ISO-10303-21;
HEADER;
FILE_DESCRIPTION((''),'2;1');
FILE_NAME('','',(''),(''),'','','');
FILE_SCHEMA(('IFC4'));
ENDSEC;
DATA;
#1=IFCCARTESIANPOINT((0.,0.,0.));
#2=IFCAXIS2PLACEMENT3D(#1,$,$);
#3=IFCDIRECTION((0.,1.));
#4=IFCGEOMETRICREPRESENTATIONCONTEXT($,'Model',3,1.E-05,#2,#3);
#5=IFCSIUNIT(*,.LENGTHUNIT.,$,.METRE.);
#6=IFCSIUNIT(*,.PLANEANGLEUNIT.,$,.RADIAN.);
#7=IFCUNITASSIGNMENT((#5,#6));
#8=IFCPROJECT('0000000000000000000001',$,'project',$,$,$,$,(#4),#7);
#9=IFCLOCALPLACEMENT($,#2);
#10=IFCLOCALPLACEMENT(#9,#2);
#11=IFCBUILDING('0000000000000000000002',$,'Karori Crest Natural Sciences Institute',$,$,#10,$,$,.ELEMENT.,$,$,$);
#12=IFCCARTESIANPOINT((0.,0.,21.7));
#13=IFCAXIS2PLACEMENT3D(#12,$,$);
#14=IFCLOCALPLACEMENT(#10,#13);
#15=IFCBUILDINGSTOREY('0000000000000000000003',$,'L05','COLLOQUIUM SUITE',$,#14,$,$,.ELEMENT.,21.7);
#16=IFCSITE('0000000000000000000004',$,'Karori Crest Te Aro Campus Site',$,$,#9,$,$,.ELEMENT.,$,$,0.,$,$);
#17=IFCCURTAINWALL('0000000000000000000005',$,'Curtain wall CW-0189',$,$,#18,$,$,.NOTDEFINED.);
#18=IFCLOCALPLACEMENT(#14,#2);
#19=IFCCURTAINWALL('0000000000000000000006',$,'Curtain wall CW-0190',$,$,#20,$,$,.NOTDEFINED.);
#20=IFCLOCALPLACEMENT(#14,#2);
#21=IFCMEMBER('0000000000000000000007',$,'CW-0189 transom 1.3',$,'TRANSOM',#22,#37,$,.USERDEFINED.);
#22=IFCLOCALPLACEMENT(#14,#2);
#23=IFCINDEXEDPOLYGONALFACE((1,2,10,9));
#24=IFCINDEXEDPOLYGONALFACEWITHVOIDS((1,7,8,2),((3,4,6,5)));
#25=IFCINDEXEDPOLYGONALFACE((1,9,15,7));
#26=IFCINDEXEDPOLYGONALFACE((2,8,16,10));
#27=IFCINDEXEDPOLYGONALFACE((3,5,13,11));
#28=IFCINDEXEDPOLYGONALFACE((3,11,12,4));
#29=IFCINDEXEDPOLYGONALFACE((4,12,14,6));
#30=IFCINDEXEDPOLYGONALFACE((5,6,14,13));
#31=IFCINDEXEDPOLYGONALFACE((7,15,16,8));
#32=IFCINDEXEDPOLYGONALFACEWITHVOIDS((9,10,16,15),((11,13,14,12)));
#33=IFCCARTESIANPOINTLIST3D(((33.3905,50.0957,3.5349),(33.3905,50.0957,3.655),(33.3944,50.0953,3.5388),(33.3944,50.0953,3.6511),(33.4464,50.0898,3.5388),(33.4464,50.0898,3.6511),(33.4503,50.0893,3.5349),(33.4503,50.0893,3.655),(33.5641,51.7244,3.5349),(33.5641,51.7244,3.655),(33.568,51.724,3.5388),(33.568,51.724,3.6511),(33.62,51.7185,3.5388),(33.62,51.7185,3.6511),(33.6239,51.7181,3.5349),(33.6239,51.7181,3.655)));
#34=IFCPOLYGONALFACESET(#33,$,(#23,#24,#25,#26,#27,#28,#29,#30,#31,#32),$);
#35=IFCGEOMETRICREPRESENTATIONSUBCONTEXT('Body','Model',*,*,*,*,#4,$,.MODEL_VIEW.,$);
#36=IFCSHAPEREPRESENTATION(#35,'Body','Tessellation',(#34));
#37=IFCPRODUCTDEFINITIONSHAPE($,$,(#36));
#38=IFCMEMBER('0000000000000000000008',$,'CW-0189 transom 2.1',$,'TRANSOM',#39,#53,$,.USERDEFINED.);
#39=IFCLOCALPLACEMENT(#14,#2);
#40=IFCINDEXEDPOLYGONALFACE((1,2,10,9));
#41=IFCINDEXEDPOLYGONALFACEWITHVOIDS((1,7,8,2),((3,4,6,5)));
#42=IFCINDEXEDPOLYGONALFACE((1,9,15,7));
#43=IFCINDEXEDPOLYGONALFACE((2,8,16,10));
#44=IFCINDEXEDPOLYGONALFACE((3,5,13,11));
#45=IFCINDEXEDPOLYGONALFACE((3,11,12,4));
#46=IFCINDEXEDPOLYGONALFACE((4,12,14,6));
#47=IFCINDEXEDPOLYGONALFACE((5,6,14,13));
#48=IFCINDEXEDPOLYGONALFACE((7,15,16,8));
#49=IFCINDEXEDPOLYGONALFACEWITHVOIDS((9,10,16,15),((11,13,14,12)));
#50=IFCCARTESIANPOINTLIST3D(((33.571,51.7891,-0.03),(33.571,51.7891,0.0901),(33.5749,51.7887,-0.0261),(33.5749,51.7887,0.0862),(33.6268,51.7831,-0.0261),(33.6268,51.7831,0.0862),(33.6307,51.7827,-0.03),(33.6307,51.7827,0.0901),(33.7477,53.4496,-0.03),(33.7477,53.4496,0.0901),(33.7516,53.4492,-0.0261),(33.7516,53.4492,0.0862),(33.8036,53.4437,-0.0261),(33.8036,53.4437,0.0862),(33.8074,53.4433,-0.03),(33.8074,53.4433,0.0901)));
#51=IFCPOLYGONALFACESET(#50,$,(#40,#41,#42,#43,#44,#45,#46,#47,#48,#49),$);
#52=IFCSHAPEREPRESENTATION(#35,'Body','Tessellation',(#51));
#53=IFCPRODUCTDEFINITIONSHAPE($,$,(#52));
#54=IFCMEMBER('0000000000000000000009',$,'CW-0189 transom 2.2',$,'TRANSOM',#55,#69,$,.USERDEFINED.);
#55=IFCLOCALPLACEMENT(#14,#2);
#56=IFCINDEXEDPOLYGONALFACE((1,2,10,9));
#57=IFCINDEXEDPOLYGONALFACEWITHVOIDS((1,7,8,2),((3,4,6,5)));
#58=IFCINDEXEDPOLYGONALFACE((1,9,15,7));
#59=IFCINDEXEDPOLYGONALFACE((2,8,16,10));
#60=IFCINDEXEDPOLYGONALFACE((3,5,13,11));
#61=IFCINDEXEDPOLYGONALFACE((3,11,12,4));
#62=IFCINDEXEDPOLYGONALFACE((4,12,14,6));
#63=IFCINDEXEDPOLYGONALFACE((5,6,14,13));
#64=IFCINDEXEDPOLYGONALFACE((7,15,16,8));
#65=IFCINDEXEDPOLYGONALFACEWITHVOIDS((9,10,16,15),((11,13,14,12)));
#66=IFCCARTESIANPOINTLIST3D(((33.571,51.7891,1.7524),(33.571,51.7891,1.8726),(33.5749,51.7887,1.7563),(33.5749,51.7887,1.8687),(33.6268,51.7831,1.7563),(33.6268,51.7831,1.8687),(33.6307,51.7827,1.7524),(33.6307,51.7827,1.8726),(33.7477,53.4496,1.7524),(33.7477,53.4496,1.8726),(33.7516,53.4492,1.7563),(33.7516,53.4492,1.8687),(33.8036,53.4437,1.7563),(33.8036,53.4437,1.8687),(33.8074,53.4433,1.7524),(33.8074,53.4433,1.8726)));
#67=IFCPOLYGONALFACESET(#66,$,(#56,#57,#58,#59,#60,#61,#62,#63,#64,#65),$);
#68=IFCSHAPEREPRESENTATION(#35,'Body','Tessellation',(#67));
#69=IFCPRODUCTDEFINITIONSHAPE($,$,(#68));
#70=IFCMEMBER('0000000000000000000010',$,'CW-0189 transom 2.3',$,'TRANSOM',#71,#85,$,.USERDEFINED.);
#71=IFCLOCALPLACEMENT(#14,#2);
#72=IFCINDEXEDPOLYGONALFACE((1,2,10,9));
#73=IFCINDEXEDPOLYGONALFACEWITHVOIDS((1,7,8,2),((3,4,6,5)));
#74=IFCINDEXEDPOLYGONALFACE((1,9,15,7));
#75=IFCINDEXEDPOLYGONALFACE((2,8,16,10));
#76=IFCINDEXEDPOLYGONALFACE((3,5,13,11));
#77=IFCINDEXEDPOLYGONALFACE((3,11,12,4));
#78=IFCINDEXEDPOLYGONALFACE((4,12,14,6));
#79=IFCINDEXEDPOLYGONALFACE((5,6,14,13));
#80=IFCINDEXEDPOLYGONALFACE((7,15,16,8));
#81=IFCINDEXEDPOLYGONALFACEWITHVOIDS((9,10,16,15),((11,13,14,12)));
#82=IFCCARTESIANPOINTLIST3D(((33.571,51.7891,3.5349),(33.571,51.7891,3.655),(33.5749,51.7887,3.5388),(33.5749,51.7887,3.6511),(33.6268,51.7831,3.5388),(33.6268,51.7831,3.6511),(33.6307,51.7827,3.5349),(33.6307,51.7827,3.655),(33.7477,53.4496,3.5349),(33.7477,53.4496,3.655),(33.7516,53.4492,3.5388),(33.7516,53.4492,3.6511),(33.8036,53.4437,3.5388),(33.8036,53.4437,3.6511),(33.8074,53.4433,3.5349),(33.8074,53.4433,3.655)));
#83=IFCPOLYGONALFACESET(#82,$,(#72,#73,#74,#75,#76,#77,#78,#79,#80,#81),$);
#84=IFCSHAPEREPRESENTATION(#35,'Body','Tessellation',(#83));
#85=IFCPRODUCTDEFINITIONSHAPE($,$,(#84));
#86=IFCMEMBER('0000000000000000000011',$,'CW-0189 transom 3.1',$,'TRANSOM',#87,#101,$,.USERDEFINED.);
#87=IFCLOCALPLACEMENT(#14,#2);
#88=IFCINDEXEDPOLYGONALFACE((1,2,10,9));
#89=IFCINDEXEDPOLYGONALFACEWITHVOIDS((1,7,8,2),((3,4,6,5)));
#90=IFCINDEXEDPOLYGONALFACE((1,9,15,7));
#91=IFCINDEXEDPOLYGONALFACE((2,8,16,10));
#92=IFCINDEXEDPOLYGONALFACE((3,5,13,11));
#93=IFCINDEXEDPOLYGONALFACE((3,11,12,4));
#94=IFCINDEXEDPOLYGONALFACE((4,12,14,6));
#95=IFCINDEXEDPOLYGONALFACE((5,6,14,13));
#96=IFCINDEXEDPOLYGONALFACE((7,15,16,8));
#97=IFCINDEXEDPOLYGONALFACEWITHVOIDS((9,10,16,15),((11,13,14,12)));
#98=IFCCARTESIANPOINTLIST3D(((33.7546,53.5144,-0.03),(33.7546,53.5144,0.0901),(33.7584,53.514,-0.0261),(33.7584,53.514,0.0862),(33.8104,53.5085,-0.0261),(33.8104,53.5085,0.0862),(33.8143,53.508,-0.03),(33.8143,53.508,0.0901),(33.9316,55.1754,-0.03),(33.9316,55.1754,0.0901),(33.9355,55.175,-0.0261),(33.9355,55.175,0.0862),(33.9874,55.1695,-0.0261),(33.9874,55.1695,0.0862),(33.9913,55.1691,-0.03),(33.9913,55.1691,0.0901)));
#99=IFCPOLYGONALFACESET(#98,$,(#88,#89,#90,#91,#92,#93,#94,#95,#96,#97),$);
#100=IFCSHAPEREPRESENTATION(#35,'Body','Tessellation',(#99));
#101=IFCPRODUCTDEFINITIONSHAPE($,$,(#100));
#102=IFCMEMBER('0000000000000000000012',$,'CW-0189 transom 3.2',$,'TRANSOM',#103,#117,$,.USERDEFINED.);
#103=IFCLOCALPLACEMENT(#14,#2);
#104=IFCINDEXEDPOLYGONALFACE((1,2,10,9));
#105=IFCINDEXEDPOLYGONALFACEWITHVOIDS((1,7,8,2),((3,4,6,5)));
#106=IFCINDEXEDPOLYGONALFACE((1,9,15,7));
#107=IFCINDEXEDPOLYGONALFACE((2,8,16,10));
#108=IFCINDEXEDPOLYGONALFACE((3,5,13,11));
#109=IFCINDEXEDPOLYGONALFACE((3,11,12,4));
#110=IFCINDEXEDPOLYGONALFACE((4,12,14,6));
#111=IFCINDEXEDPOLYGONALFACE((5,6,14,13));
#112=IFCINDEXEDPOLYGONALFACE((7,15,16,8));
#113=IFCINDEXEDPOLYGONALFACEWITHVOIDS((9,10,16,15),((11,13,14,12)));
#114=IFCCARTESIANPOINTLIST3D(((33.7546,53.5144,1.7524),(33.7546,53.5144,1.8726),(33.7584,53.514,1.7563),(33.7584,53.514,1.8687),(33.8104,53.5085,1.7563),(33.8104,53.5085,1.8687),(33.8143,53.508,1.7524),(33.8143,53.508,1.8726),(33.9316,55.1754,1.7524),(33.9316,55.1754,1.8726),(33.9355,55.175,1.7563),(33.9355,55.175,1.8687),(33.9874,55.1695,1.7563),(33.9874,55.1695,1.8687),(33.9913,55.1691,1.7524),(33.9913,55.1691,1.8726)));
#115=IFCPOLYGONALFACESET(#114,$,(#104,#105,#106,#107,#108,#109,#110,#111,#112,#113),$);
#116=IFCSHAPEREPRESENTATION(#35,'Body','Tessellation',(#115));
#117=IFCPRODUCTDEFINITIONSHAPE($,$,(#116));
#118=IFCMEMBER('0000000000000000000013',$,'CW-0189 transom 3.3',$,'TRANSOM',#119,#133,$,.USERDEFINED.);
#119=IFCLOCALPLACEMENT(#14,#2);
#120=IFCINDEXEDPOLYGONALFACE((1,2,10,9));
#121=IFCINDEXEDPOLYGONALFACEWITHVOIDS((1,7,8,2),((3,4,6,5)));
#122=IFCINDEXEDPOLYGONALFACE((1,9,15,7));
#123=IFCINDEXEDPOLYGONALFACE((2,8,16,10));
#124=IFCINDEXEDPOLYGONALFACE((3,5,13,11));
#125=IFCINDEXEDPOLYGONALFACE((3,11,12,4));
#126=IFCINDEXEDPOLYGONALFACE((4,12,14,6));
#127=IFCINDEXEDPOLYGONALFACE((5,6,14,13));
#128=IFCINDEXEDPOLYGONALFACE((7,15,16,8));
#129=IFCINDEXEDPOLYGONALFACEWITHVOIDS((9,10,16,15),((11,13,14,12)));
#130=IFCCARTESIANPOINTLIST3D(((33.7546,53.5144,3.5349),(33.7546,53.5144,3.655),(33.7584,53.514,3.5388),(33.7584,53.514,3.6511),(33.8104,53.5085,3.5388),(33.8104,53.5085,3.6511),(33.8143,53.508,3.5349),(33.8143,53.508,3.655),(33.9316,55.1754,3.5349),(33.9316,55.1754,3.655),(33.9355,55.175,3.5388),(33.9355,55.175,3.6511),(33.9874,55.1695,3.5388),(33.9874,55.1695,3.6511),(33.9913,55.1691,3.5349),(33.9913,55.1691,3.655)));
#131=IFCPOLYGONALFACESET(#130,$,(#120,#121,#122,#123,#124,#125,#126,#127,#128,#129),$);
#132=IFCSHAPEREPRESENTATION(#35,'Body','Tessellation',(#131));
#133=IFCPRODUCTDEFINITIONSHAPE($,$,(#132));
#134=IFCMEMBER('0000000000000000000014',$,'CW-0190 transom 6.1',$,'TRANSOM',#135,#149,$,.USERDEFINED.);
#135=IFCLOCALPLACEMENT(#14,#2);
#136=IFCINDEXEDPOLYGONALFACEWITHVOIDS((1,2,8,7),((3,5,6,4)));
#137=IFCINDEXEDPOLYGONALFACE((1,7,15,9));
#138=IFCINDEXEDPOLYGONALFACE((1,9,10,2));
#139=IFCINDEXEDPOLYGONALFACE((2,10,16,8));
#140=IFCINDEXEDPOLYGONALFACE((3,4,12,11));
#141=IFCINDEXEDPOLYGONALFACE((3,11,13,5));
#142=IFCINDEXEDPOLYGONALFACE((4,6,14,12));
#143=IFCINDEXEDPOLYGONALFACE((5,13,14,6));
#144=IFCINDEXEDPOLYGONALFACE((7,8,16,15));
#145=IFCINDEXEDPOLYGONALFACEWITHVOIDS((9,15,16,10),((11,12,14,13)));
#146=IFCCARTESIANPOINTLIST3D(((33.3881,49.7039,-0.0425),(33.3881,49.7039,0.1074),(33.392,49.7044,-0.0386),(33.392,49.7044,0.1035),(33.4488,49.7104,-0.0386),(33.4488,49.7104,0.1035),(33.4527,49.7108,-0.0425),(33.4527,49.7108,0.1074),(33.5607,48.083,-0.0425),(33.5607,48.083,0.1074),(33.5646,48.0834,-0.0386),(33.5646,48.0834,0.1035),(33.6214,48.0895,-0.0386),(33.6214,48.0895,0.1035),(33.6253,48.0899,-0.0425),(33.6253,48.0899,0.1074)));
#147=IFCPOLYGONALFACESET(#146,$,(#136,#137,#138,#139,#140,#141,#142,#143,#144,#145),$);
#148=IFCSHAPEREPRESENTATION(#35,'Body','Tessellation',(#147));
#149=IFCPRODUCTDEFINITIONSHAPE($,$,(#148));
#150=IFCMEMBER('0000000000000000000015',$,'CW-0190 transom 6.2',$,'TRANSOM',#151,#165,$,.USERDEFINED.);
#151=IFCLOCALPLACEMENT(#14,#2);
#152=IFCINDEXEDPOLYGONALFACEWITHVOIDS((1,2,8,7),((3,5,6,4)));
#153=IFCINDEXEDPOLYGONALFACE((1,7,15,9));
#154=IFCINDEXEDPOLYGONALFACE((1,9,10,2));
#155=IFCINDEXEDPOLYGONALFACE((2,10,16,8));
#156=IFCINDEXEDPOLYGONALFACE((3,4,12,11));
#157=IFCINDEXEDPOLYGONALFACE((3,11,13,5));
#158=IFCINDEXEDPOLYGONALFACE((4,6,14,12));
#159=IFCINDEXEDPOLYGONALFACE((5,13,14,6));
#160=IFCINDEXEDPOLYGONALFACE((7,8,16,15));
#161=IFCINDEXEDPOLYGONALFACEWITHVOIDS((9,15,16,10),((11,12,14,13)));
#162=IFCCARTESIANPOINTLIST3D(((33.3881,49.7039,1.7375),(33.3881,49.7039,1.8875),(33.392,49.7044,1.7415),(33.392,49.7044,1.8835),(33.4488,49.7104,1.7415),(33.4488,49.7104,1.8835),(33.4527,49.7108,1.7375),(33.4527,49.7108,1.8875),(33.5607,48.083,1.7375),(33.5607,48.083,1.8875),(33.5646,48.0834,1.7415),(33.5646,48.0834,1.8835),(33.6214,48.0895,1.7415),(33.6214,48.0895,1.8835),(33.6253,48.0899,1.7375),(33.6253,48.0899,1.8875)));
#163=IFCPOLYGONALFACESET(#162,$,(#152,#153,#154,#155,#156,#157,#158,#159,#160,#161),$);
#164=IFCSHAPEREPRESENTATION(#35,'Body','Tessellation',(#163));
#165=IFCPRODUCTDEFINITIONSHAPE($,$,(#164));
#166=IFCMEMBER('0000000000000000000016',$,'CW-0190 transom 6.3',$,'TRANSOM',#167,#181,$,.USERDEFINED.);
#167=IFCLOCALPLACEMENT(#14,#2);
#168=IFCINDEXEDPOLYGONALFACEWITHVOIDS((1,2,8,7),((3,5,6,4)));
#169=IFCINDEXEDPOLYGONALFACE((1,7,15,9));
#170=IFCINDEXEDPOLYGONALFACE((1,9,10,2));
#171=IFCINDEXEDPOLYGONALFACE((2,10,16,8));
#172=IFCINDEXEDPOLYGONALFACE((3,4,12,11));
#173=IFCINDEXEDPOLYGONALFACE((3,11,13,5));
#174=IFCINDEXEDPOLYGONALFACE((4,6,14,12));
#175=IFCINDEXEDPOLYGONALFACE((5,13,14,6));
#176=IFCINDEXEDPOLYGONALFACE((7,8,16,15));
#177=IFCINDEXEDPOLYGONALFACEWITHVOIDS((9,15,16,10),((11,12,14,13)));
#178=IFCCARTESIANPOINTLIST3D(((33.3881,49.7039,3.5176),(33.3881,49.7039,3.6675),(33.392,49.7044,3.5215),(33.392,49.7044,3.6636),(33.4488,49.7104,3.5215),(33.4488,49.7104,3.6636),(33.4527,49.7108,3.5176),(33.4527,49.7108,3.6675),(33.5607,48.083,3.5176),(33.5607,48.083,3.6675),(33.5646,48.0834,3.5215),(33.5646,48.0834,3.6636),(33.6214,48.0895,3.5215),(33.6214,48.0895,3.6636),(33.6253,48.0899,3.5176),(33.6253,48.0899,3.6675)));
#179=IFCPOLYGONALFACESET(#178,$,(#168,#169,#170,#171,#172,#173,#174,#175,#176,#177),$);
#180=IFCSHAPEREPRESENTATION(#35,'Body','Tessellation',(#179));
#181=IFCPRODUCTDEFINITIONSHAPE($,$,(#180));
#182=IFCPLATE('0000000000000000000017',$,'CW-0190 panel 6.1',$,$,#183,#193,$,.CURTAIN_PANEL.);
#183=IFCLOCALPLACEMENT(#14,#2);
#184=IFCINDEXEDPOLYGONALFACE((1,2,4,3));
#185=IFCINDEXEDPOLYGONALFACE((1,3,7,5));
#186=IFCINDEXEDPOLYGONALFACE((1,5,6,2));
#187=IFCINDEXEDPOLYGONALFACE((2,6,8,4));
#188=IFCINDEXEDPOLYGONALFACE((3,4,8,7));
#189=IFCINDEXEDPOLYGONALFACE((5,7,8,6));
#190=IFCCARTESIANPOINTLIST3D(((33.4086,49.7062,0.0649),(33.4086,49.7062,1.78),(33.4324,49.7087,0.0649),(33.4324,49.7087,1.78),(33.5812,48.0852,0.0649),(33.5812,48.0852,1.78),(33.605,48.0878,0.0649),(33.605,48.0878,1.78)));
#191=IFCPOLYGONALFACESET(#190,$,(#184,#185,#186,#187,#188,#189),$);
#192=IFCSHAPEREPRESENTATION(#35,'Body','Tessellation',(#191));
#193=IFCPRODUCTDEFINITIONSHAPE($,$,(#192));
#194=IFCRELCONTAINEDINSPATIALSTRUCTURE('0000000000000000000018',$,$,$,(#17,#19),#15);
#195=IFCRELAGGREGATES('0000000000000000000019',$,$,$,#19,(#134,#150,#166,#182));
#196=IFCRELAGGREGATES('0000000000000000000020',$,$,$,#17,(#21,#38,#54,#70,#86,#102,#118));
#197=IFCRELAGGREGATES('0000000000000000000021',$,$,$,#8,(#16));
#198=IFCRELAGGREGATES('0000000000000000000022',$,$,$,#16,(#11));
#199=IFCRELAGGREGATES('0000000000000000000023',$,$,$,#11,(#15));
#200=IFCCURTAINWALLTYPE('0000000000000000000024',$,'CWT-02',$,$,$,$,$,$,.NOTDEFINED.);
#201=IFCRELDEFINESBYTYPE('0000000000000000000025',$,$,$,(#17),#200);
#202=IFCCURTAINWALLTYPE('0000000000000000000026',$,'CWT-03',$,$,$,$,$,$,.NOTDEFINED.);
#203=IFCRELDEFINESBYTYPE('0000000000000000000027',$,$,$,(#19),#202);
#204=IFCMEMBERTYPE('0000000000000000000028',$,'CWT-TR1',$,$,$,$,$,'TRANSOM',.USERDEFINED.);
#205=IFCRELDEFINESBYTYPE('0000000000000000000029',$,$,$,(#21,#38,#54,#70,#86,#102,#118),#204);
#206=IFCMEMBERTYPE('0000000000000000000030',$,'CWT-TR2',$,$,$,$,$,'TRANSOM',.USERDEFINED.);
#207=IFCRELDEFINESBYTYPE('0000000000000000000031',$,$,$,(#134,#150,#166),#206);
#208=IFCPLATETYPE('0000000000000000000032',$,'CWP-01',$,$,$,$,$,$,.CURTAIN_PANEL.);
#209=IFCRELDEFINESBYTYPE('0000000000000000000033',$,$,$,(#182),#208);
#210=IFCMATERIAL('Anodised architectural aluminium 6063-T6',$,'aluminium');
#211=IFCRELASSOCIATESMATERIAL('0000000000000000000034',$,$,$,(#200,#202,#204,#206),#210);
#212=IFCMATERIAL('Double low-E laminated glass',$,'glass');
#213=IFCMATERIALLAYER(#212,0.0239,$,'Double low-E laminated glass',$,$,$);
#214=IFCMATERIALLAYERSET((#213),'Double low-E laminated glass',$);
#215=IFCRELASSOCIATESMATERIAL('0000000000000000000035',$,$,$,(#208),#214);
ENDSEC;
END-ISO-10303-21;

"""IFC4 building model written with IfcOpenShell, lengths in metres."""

from ifc_helpers import new_model, si_unit, direction, frame, origin, origin_2d, place, context, subcontext, project, spatial, rectangle, hollow_rectangle, extrude, material, layer, layer_set, material_profile, profile_set, type_object, element, aggregate, save


model = new_model("IFC4")

# Units and contexts
model_context = context("Model", 3, precision=1e-05, world=origin(), true_north=direction((0.0, 1.0)))
body_context = subcontext(model_context, "Body", "Model", "MODEL_VIEW")
ifc_project = project(units=[si_unit("LENGTHUNIT", "METRE"), si_unit("PLANEANGLEUNIT", "RADIAN")], contexts=[model_context])

# Site, building, storey
site_placement = place(None, origin())
site = spatial("IfcSite", under=ifc_project, at=site_placement, Name="Karori Crest Te Aro Campus Site", CompositionType="ELEMENT", RefElevation=0.0)
building_placement = place(site_placement, origin())
building = spatial("IfcBuilding", under=site, at=building_placement, Name="Karori Crest Natural Sciences Institute", CompositionType="ELEMENT")
storey_placement = place(building_placement, frame((0.0, 0.0, 21.7)))
storey = spatial("IfcBuildingStorey", under=building, at=storey_placement, Name="L05", Description="COLLOQUIUM SUITE", CompositionType="ELEMENT", Elevation=21.7)

# Curtain walls
ifc_material_1 = material(Name="Anodised architectural aluminium 6063-T6", Category="aluminium")
curtain_wall_type_1 = type_object("IfcCurtainWallType", Name="CWT-02", PredefinedType="NOTDEFINED", material=ifc_material_1)
curtain_wall_1_placement = place(storey_placement, origin())
curtain_wall_1 = element("IfcCurtainWall", 1, at=curtain_wall_1_placement, inside=storey, type_object=curtain_wall_type_1, Name="Curtain wall CW-0189", PredefinedType="NOTDEFINED")
curtain_wall_type_2 = type_object("IfcCurtainWallType", Name="CWT-03", PredefinedType="NOTDEFINED", material=ifc_material_1)
curtain_wall_2_placement = place(storey_placement, origin())
curtain_wall_2 = element("IfcCurtainWall", 2, at=curtain_wall_2_placement, inside=storey, type_object=curtain_wall_type_2, Name="Curtain wall CW-0190", PredefinedType="NOTDEFINED")

# Members
ifc_material_profile_1 = material_profile(ifc_material_1, hollow_rectangle(XDim=0.0601, YDim=0.1201, WallThickness=0.0039, at=origin_2d()), Name="CWT120x60x4")
ifc_profile_set_1 = profile_set([ifc_material_profile_1], Name="Anodised architectural aluminium 6063-T6")
member_type_1 = type_object("IfcMemberType", Name="CWT-TR1", ElementType="TRANSOM", PredefinedType="USERDEFINED", material=ifc_profile_set_1)
member_1_placement = place(storey_placement, frame((33.4204, 50.0925, 3.595), z_axis=(0.10598, 0.994368, 0.0), x_axis=(-0.994368, 0.10598, 0.0)))
member_1 = element("IfcMember", 3, at=member_1_placement, type_object=member_type_1, Name="CW-0189 transom 1.3", ObjectType="TRANSOM", PredefinedType="USERDEFINED", context=body_context, shape_type="SweptSolid", body=[
    extrude(hollow_rectangle(XDim=0.0601, YDim=0.1201, WallThickness=0.0039, at=origin_2d()), origin(), (0.0, 0.0, 1.0), 1.6379),
])
member_2_placement = place(storey_placement, frame((33.6008, 51.7859, 0.03), z_axis=(0.105841, 0.994383, 0.0), x_axis=(-0.994383, 0.105841, 0.0)))
member_2 = element("IfcMember", 4, at=member_2_placement, type_object=member_type_1, Name="CW-0189 transom 2.1", ObjectType="TRANSOM", PredefinedType="USERDEFINED", context=body_context, shape_type="SweptSolid", body=[
    extrude(hollow_rectangle(XDim=0.0601, YDim=0.1201, WallThickness=0.0039, at=origin_2d()), origin(), (0.0, 0.0, 1.0), 1.6699),
])
member_3_placement = place(storey_placement, frame((33.6008, 51.7859, 1.8125), z_axis=(0.105841, 0.994383, 0.0), x_axis=(-0.994383, 0.105841, 0.0)))
member_3 = element("IfcMember", 5, at=member_3_placement, type_object=member_type_1, Name="CW-0189 transom 2.2", ObjectType="TRANSOM", PredefinedType="USERDEFINED", context=body_context, shape_type="SweptSolid", body=[
    extrude(hollow_rectangle(XDim=0.0601, YDim=0.1201, WallThickness=0.0039, at=origin_2d()), origin(), (0.0, 0.0, 1.0), 1.6699),
])
member_4_placement = place(storey_placement, frame((33.6008, 51.7859, 3.595), z_axis=(0.105841, 0.994383, 0.0), x_axis=(-0.994383, 0.105841, 0.0)))
member_4 = element("IfcMember", 6, at=member_4_placement, type_object=member_type_1, Name="CW-0189 transom 2.3", ObjectType="TRANSOM", PredefinedType="USERDEFINED", context=body_context, shape_type="SweptSolid", body=[
    extrude(hollow_rectangle(XDim=0.0601, YDim=0.1201, WallThickness=0.0039, at=origin_2d()), origin(), (0.0, 0.0, 1.0), 1.6699),
])
member_5_placement = place(storey_placement, frame((33.7844, 53.5112, 0.03), z_axis=(0.105971, 0.994369, 0.0), x_axis=(-0.994369, 0.105971, 0.0)))
member_5 = element("IfcMember", 7, at=member_5_placement, type_object=member_type_1, Name="CW-0189 transom 3.1", ObjectType="TRANSOM", PredefinedType="USERDEFINED", context=body_context, shape_type="SweptSolid", body=[
    extrude(hollow_rectangle(XDim=0.0601, YDim=0.1201, WallThickness=0.0039, at=origin_2d()), origin(), (0.0, 0.0, 1.0), 1.6704),
])
member_6_placement = place(storey_placement, frame((33.7844, 53.5112, 1.8125), z_axis=(0.105971, 0.994369, 0.0), x_axis=(-0.994369, 0.105971, 0.0)))
member_6 = element("IfcMember", 8, at=member_6_placement, type_object=member_type_1, Name="CW-0189 transom 3.2", ObjectType="TRANSOM", PredefinedType="USERDEFINED", context=body_context, shape_type="SweptSolid", body=[
    extrude(hollow_rectangle(XDim=0.0601, YDim=0.1201, WallThickness=0.0039, at=origin_2d()), origin(), (0.0, 0.0, 1.0), 1.6704),
])
member_7_placement = place(storey_placement, frame((33.7844, 53.5112, 3.595), z_axis=(0.105971, 0.994369, 0.0), x_axis=(-0.994369, 0.105971, 0.0)))
member_7 = element("IfcMember", 9, at=member_7_placement, type_object=member_type_1, Name="CW-0189 transom 3.3", ObjectType="TRANSOM", PredefinedType="USERDEFINED", context=body_context, shape_type="SweptSolid", body=[
    extrude(hollow_rectangle(XDim=0.0601, YDim=0.1201, WallThickness=0.0039, at=origin_2d()), origin(), (0.0, 0.0, 1.0), 1.6704),
])
ifc_material_profile_2 = material_profile(ifc_material_1, hollow_rectangle(XDim=0.0649, YDim=0.1499, WallThickness=0.0039, at=origin_2d()), Name="CWT150x65x4")
ifc_profile_set_2 = profile_set([ifc_material_profile_2], Name="Anodised architectural aluminium 6063-T6")
member_type_2 = type_object("IfcMemberType", Name="CWT-TR2", ElementType="TRANSOM", PredefinedType="USERDEFINED", material=ifc_profile_set_2)
member_8_placement = place(storey_placement, frame((33.593, 48.0864, 0.0325), z_axis=(-0.105893, 0.994378, 0.0), x_axis=(-0.994378, -0.105893, 0.0)))
member_8 = element("IfcMember", 10, at=member_8_placement, type_object=member_type_2, Name="CW-0190 transom 6.1", ObjectType="TRANSOM", PredefinedType="USERDEFINED", context=body_context, shape_type="SweptSolid", body=[
    extrude(hollow_rectangle(XDim=0.0649, YDim=0.1499, WallThickness=0.0039, at=origin_2d()), origin(), (0.0, 0.0, 1.0), 1.6301),
])
member_9_placement = place(storey_placement, frame((33.593, 48.0864, 1.8125), z_axis=(-0.105893, 0.994378, 0.0), x_axis=(-0.994378, -0.105893, 0.0)))
member_9 = element("IfcMember", 11, at=member_9_placement, type_object=member_type_2, Name="CW-0190 transom 6.2", ObjectType="TRANSOM", PredefinedType="USERDEFINED", context=body_context, shape_type="SweptSolid", body=[
    extrude(hollow_rectangle(XDim=0.0649, YDim=0.1499, WallThickness=0.0039, at=origin_2d()), origin(), (0.0, 0.0, 1.0), 1.6301),
])
member_10_placement = place(storey_placement, frame((33.593, 48.0864, 3.5925), z_axis=(-0.105893, 0.994378, 0.0), x_axis=(-0.994378, -0.105893, 0.0)))
member_10 = element("IfcMember", 12, at=member_10_placement, type_object=member_type_2, Name="CW-0190 transom 6.3", ObjectType="TRANSOM", PredefinedType="USERDEFINED", context=body_context, shape_type="SweptSolid", body=[
    extrude(hollow_rectangle(XDim=0.0649, YDim=0.1499, WallThickness=0.0039, at=origin_2d()), origin(), (0.0, 0.0, 1.0), 1.6301),
])

# Plate
ifc_material_2 = material(Name="Double low-E laminated glass", Category="glass")
ifc_layer_1 = layer(ifc_material_2, 0.0239, Name="Double low-E laminated glass")
ifc_layer_set_1 = layer_set([ifc_layer_1], Name="Double low-E laminated glass")
plate_type_1 = type_object("IfcPlateType", Name="CWP-01", PredefinedType="CURTAIN_PANEL", material=ifc_layer_set_1)
plate_1_placement = place(storey_placement, frame((33.5068, 48.897, 0.0649), z_axis=(0.0, 0.0, 1.0), x_axis=(-0.105884, 0.994378, 0.0)))
plate_1 = element("IfcPlate", 13, at=plate_1_placement, type_object=plate_type_1, Name="CW-0190 panel 6.1", PredefinedType="CURTAIN_PANEL", context=body_context, shape_type="SweptSolid", body=[
    extrude(rectangle(XDim=1.6301, YDim=0.0239, at=origin_2d()), origin(), (0.0, 0.0, 1.0), 1.7151),
])
aggregate(curtain_wall_2, [member_8, member_9, member_10, plate_1])
aggregate(curtain_wall_1, [member_1, member_2, member_3, member_4, member_5, member_6, member_7])

save(model, "model.ifc")
